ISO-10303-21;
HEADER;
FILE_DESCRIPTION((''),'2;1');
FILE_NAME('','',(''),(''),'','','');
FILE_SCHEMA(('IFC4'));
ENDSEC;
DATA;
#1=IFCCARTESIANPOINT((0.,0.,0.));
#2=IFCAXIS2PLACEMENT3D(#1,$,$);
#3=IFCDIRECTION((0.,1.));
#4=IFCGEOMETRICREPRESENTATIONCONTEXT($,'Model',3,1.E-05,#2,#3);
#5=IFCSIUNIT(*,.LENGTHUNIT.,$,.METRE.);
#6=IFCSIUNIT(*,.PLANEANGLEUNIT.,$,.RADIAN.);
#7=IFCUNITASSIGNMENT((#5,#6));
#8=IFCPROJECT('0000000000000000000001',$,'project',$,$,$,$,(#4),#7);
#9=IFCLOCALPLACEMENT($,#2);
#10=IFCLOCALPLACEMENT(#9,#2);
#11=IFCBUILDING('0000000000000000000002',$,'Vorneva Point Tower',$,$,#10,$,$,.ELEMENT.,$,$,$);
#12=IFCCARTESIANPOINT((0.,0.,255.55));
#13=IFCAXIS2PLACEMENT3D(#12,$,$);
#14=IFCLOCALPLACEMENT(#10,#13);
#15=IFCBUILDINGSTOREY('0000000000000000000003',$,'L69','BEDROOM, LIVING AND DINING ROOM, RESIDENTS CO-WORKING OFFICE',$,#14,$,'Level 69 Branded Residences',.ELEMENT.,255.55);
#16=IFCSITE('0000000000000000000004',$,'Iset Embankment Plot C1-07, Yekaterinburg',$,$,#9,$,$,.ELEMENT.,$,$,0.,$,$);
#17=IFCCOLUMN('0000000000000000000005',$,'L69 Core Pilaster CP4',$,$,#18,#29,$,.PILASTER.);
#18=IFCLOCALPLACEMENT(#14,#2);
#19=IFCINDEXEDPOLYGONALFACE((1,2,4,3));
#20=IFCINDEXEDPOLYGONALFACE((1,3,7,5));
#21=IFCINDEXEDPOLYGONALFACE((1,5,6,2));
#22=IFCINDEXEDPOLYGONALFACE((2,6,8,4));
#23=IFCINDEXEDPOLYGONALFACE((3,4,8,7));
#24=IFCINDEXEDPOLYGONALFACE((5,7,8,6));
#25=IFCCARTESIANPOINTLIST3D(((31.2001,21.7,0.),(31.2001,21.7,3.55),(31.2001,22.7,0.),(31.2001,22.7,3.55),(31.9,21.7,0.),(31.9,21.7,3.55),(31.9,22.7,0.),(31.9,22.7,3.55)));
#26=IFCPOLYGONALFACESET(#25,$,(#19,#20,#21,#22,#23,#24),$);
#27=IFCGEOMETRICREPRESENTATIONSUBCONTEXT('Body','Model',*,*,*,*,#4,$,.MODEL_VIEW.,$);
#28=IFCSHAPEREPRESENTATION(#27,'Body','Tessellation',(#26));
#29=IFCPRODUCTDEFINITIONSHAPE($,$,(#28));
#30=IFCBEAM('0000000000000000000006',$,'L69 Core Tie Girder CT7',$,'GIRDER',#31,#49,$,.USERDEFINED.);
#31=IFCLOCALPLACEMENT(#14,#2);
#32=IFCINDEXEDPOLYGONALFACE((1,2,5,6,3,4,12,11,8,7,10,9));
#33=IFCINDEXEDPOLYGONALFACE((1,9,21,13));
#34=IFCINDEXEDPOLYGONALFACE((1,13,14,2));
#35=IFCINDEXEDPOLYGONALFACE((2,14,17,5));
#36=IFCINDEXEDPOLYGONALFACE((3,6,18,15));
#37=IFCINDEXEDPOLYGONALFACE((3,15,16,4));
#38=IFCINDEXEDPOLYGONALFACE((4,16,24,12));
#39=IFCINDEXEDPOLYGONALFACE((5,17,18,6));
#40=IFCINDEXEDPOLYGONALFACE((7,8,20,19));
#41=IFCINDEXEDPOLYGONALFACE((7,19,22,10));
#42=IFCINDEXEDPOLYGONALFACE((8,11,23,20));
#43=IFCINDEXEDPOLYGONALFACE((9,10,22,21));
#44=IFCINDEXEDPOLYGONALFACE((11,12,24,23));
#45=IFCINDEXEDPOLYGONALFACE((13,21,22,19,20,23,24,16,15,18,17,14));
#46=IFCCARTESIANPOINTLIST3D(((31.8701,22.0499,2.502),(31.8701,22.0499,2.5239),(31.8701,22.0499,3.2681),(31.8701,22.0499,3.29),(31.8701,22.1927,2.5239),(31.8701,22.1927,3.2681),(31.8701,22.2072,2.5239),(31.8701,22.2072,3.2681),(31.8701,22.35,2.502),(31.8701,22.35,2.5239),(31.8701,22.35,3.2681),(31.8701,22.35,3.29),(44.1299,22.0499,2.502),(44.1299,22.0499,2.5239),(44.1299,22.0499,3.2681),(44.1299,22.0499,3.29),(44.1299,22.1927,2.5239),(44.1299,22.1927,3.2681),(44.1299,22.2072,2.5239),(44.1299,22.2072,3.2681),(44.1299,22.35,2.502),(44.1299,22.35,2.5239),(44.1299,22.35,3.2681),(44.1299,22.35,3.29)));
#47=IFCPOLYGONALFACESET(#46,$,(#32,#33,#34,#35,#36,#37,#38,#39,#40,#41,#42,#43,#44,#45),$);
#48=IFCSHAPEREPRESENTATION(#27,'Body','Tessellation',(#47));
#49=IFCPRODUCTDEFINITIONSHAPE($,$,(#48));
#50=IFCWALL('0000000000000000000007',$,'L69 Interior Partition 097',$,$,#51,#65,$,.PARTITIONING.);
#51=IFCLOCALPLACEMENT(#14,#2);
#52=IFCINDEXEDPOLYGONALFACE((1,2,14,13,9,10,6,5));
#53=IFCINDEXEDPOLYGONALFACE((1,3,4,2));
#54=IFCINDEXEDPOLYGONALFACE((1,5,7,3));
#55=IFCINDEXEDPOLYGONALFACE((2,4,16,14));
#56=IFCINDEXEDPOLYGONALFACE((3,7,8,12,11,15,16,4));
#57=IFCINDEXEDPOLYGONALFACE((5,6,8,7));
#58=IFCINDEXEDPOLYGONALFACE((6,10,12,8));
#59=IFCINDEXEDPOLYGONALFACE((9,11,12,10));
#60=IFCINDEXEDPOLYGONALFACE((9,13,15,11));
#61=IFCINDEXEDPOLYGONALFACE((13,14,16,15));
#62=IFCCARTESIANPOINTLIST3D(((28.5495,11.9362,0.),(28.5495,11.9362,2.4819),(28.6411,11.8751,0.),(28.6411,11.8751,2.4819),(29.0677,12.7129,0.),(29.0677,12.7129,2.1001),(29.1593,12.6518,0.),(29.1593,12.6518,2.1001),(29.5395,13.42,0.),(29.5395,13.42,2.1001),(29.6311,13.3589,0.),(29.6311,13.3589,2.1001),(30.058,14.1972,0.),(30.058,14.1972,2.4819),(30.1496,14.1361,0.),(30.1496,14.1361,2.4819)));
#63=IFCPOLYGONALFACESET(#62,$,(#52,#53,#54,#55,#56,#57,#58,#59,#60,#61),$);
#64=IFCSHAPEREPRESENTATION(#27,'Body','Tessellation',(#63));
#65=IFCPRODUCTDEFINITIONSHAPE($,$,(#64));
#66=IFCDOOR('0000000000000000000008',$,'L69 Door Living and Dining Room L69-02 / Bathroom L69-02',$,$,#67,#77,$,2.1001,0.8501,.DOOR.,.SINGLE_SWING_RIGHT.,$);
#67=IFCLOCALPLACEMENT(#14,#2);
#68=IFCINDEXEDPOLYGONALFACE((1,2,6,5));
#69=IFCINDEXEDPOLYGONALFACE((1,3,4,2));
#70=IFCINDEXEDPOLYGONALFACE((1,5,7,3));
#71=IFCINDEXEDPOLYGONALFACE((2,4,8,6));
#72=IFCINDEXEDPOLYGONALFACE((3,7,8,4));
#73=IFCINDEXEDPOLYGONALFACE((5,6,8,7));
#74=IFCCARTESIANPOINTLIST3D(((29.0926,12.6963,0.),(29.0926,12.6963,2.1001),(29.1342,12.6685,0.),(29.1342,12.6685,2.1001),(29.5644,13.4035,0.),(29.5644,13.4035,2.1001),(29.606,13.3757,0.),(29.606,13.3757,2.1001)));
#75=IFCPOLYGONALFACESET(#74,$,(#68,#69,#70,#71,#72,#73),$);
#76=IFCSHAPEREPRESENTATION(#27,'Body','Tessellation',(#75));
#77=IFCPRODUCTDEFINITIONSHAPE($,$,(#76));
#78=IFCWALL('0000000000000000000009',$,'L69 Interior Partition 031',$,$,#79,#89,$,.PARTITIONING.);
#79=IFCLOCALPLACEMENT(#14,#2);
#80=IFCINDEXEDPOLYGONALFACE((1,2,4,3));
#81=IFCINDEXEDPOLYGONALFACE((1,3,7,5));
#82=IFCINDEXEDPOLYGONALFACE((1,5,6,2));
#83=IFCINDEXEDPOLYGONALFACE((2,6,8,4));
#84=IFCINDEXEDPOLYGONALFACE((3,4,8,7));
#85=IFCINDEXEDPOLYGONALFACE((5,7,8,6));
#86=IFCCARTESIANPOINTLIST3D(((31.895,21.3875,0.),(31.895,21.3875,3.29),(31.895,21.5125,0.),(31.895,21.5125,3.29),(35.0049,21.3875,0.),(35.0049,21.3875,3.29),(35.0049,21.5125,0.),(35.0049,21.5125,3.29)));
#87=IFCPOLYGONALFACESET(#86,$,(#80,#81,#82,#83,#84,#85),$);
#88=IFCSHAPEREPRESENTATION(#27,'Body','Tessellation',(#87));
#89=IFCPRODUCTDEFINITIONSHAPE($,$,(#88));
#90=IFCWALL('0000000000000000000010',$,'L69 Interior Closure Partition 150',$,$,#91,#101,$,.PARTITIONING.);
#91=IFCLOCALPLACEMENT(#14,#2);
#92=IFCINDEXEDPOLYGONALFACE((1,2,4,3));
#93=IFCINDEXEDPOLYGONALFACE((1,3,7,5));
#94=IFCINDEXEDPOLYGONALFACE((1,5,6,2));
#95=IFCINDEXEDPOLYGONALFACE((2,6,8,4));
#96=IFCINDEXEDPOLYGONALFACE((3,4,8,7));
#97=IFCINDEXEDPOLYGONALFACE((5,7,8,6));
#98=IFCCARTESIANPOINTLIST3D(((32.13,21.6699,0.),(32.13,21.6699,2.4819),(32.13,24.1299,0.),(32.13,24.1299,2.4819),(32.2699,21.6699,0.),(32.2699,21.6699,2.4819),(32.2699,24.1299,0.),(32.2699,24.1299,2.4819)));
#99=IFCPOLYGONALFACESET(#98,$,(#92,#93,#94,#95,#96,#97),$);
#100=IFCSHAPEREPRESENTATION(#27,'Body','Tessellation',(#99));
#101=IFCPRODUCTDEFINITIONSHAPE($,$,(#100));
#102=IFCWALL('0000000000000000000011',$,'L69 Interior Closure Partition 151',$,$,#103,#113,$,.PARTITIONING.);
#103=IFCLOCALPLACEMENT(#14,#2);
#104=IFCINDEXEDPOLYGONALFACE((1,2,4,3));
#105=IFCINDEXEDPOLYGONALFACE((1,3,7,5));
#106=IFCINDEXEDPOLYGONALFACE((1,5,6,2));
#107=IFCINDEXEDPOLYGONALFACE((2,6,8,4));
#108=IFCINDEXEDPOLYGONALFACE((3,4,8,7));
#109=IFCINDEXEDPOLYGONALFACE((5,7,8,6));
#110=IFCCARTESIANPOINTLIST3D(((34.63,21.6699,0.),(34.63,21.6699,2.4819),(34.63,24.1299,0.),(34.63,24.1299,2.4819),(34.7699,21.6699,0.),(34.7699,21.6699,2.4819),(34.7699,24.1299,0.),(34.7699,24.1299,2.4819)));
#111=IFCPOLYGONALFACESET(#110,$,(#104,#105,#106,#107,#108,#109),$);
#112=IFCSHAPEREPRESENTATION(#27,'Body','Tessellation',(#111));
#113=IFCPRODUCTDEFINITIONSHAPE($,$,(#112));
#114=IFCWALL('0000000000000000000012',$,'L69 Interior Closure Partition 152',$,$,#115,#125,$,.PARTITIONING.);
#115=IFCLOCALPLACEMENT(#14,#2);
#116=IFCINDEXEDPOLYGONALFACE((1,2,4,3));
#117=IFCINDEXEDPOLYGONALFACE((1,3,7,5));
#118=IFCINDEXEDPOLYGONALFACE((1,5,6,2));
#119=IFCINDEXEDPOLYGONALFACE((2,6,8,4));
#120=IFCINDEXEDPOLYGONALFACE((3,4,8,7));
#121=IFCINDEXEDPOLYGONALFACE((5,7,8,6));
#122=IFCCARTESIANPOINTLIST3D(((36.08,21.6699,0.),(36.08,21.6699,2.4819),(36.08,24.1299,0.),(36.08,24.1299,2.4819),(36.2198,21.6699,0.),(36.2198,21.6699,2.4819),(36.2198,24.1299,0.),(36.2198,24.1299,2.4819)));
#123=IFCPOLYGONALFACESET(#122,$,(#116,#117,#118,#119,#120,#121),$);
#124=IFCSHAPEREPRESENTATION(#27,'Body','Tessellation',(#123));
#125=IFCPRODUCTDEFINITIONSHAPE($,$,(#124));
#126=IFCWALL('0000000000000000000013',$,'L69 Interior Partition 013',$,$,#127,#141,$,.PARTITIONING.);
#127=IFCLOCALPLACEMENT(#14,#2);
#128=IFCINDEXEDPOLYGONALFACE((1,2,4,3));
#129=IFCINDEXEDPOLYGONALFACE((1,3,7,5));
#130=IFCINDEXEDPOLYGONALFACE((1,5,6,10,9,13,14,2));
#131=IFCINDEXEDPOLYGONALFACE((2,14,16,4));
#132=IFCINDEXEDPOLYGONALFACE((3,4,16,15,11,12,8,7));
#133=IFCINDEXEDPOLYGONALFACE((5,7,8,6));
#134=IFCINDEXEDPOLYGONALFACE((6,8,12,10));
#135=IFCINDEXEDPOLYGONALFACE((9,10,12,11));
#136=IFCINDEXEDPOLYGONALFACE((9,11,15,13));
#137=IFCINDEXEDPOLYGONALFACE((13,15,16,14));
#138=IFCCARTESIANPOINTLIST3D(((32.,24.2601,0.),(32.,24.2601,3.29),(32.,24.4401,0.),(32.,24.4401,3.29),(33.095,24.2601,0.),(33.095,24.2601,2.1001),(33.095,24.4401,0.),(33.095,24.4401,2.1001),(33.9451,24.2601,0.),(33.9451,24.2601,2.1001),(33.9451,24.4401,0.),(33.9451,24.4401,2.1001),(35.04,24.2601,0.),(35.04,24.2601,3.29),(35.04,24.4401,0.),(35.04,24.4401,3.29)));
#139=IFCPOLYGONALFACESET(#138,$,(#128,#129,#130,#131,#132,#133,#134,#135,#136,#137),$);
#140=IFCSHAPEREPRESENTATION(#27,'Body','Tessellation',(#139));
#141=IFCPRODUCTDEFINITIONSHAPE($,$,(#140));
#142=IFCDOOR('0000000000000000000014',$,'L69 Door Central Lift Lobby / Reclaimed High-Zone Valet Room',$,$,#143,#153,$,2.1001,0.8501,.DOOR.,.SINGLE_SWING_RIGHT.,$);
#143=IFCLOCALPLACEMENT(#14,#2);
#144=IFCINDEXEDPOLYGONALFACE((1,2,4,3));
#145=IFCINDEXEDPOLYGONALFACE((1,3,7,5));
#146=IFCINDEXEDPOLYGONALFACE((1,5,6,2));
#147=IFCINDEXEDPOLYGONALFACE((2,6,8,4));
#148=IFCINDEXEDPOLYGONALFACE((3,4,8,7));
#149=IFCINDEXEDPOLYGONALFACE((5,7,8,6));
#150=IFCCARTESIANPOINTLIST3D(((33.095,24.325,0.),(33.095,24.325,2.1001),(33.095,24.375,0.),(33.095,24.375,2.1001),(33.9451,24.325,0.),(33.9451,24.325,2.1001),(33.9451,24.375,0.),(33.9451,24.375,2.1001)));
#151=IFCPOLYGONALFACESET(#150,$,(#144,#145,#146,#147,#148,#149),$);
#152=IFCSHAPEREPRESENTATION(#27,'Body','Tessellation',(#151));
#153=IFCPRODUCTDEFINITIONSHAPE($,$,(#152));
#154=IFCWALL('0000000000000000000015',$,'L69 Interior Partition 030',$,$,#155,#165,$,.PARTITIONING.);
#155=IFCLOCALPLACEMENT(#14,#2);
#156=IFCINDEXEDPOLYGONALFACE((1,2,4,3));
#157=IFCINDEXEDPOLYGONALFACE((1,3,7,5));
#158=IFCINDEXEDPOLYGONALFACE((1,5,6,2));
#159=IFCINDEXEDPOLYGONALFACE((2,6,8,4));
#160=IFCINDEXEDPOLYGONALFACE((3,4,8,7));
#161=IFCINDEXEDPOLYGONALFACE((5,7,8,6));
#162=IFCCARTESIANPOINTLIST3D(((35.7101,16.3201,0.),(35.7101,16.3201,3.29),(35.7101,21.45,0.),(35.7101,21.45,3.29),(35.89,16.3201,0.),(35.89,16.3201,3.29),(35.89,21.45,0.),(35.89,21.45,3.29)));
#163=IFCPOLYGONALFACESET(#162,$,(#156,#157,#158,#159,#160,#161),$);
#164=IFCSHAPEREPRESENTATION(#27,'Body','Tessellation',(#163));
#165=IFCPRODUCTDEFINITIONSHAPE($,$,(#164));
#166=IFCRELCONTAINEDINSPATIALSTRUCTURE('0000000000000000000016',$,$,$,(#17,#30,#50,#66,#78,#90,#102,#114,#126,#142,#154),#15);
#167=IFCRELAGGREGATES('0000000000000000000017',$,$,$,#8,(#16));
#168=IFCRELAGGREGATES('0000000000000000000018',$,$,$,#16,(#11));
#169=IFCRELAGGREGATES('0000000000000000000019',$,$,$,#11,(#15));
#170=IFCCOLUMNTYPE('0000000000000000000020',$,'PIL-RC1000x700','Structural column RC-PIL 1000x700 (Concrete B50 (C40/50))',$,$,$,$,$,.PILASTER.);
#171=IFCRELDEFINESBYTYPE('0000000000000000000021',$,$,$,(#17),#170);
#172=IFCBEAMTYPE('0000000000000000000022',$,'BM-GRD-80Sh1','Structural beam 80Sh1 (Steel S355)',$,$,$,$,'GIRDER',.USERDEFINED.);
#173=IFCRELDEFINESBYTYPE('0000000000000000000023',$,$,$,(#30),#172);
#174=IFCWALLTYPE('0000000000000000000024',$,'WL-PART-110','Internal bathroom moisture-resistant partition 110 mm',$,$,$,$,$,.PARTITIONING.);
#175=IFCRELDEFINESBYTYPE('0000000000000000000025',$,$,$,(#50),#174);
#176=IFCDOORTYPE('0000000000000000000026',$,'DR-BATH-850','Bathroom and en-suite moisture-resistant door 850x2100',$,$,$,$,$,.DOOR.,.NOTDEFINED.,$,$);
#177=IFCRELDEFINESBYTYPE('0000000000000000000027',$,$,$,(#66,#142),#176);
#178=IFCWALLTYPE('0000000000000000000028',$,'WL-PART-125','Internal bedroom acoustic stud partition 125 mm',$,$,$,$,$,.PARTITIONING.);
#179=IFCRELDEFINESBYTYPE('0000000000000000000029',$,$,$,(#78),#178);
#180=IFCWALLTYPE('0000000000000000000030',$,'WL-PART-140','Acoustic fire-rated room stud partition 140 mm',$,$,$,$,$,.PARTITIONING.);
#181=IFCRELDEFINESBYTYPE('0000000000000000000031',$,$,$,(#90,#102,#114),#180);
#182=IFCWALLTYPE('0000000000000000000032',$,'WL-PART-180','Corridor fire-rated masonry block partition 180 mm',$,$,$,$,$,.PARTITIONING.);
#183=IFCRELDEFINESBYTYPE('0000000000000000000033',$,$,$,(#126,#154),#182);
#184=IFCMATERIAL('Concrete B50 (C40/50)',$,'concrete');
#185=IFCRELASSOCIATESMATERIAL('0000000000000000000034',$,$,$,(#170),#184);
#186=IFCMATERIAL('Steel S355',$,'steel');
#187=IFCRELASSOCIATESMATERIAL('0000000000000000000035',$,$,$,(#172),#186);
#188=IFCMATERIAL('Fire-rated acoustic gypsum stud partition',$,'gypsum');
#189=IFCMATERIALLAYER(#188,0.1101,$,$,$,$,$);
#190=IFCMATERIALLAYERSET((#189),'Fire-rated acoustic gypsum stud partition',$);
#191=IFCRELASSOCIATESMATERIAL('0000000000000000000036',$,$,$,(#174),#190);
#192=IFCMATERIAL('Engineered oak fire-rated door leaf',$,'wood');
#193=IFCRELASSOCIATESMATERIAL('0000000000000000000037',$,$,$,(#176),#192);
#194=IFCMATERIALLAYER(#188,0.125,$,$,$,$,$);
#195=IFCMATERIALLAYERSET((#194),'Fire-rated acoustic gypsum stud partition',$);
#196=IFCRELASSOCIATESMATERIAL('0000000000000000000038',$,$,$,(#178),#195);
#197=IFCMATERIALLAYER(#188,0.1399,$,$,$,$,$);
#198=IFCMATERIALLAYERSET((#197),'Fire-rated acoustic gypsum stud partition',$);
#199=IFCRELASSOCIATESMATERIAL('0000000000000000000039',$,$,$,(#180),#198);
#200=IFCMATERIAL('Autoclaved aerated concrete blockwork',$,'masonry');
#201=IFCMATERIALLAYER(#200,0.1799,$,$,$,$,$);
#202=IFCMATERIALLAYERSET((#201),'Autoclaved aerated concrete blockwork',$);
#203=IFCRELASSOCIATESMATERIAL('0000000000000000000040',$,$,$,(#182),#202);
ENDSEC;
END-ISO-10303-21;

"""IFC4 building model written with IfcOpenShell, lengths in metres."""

from ifc_helpers import new_model, si_unit, direction, frame, frame_2d, origin, origin_2d, place, context, subcontext, project, spatial, rectangle, i_section, extrude, material, layer, layer_set, material_profile, profile_set, type_object, element, fill, save


model = new_model("IFC4")

# Units and contexts
model_context = context("Model", 3, precision=1e-05, world=origin(), true_north=direction((0.0, 1.0)))
body_context = subcontext(model_context, "Body", "Model", "MODEL_VIEW")
ifc_project = project(units=[si_unit("LENGTHUNIT", "METRE"), si_unit("PLANEANGLEUNIT", "RADIAN")], contexts=[model_context])

# Site, building, storey
site_placement = place(None, origin())
site = spatial("IfcSite", under=ifc_project, at=site_placement, Name="Iset Embankment Plot C1-07, Yekaterinburg", CompositionType="ELEMENT", RefElevation=0.0)
building_placement = place(site_placement, origin())
building = spatial("IfcBuilding", under=site, at=building_placement, Name="Vorneva Point Tower", CompositionType="ELEMENT")
storey_placement = place(building_placement, frame((0.0, 0.0, 255.55)))
storey = spatial("IfcBuildingStorey", under=building, at=storey_placement, Name="L69", Description="BEDROOM, LIVING AND DINING ROOM, RESIDENTS CO-WORKING OFFICE", LongName="Level 69 Branded Residences", CompositionType="ELEMENT", Elevation=255.55)

# Column
ifc_material_1 = material(Name="Concrete B50 (C40/50)", Category="concrete")
ifc_material_profile_1 = material_profile(ifc_material_1, rectangle(XDim=0.7, YDim=1.0, at=origin_2d()), Name="RC-PIL 1000x700")
ifc_profile_set_1 = profile_set([ifc_material_profile_1], Name="Concrete B50 (C40/50)")
column_type = type_object("IfcColumnType", Name="PIL-RC1000x700", Description="Structural column RC-PIL 1000x700 (Concrete B50 (C40/50))", PredefinedType="PILASTER", material=ifc_profile_set_1)
column_placement = place(storey_placement, frame((31.55, 22.2, 0.0), z_axis=(0.0, 0.0, 1.0), x_axis=(1.0, 0.0, 0.0)))
element("IfcColumn", 1, at=column_placement, inside=storey, type_object=column_type, Name="L69 Core Pilaster CP4", PredefinedType="PILASTER", context=body_context, shape_type="SweptSolid", body=[
    extrude(rectangle(XDim=0.7, YDim=1.0, at=origin_2d()), origin(), (0.0, 0.0, 1.0), 3.55),
])

# Beam
ifc_material_2 = material(Name="Steel S355", Category="steel")
ifc_material_profile_2 = material_profile(ifc_material_2, i_section(OverallWidth=0.3, OverallDepth=0.7881, WebThickness=0.0144, FlangeThickness=0.022, at=origin_2d()), Name="80Sh1")
ifc_profile_set_2 = profile_set([ifc_material_profile_2], Name="Steel S355")
beam_type = type_object("IfcBeamType", Name="BM-GRD-80Sh1", Description="Structural beam 80Sh1 (Steel S355)", ElementType="GIRDER", PredefinedType="USERDEFINED", material=ifc_profile_set_2)
beam_placement = place(storey_placement, frame((31.8701, 22.2, 2.896), z_axis=(1.0, 0.0, 0.0), x_axis=(0.0, 1.0, 0.0)))
element("IfcBeam", 2, at=beam_placement, inside=storey, type_object=beam_type, Name="L69 Core Tie Girder CT7", ObjectType="GIRDER", PredefinedType="USERDEFINED", context=body_context, shape_type="SweptSolid", body=[
    extrude(i_section(OverallWidth=0.3, OverallDepth=0.7881, WebThickness=0.0144, FlangeThickness=0.022, at=origin_2d()), origin(), (0.0, 0.0, 1.0), 12.2598),
])

# Wall, opening, door
ifc_material_3 = material(Name="Fire-rated acoustic gypsum stud partition", Category="gypsum")
ifc_layer_1 = layer(ifc_material_3, 0.1101)
ifc_layer_set_1 = layer_set([ifc_layer_1], Name="Fire-rated acoustic gypsum stud partition")
wall_type_1 = type_object("IfcWallType", Name="WL-PART-110", Description="Internal bathroom moisture-resistant partition 110 mm", PredefinedType="PARTITIONING", material=ifc_layer_set_1)
wall_1_placement = place(storey_placement, frame((30.1038, 14.1665, 0.0), z_axis=(0.0, 0.0, 1.0), x_axis=(-0.555011, -0.831843, 0.0)))
wall_1 = element("IfcWall", 3, at=wall_1_placement, inside=storey, type_object=wall_type_1, Name="L69 Interior Partition 097", PredefinedType="PARTITIONING", context=body_context, shape_type="SweptSolid", body=[
    extrude(rectangle(XDim=2.718, YDim=0.1101, at=frame_2d((1.3589, 0.0))), origin(), (0.0, 0.0, 1.0), 2.4819),
])
opening_1_placement = place(wall_1_placement, frame((0.9341, 0.0, 0.0)))
opening_1 = element("IfcOpeningElement", 4, at=opening_1_placement, cuts=wall_1, PredefinedType="OPENING", context=body_context, shape_type="SweptSolid", body=[
    extrude(rectangle(XDim=0.8501, YDim=2.1001, at=frame_2d((0.425, 1.05))), frame((0.0, 0.0698, 0.0), z_axis=(0.0, -1.0, 0.0), x_axis=(1.0, 0.0, 0.0)), (0.0, 0.0, 1.0), 0.1399),
])
ifc_material_4 = material(Name="Engineered oak fire-rated door leaf", Category="wood")
door_type_1 = type_object("IfcDoorType", Name="DR-BATH-850", Description="Bathroom and en-suite moisture-resistant door 850x2100", OperationType="NOTDEFINED", PredefinedType="DOOR", material=ifc_material_4)
door_1_placement = place(opening_1_placement, origin())
door_1 = element("IfcDoor", 5, at=door_1_placement, inside=storey, type_object=door_type_1, Name="L69 Door Living and Dining Room L69-02 / Bathroom L69-02", OperationType="SINGLE_SWING_RIGHT", OverallHeight=2.1001, OverallWidth=0.8501, PredefinedType="DOOR", context=body_context, shape_type="SweptSolid", body=[
    extrude(rectangle(XDim=0.8501, YDim=2.1001, at=frame_2d((0.425, 1.05))), frame((0.0, 0.0249, 0.0), z_axis=(0.0, -1.0, 0.0), x_axis=(1.0, 0.0, 0.0)), (0.0, 0.0, 1.0), 0.05),
])
fill(opening_1, door_1)

# Walls
ifc_layer_2 = layer(ifc_material_3, 0.125)
ifc_layer_set_2 = layer_set([ifc_layer_2], Name="Fire-rated acoustic gypsum stud partition")
wall_type_2 = type_object("IfcWallType", Name="WL-PART-125", Description="Internal bedroom acoustic stud partition 125 mm", PredefinedType="PARTITIONING", material=ifc_layer_set_2)
wall_2_placement = place(storey_placement, frame((35.0049, 21.45, 0.0), z_axis=(0.0, 0.0, 1.0), x_axis=(-1.0, 0.0, 0.0)))
element("IfcWall", 6, at=wall_2_placement, inside=storey, type_object=wall_type_2, Name="L69 Interior Partition 031", PredefinedType="PARTITIONING", context=body_context, shape_type="SweptSolid", body=[
    extrude(rectangle(XDim=3.1099, YDim=0.125, at=frame_2d((1.5549, 0.0))), origin(), (0.0, 0.0, 1.0), 3.29),
])
ifc_layer_3 = layer(ifc_material_3, 0.1399)
ifc_layer_set_3 = layer_set([ifc_layer_3], Name="Fire-rated acoustic gypsum stud partition")
wall_type_3 = type_object("IfcWallType", Name="WL-PART-140", Description="Acoustic fire-rated room stud partition 140 mm", PredefinedType="PARTITIONING", material=ifc_layer_set_3)
for number, where, z_axis, x_axis, name in (
    (7, (32.2, 24.1299, 0.0), (0.0, 0.0, 1.0), (0.0, -1.0, 0.0), "L69 Interior Closure Partition 150"),
    (8, (34.7, 21.6699, 0.0), (0.0, 0.0, 1.0), (0.0, 1.0, 0.0), "L69 Interior Closure Partition 151"),
    (9, (36.1499, 24.1299, 0.0), (0.0, 0.0, 1.0), (0.0, -1.0, 0.0), "L69 Interior Closure Partition 152"),
):
    element("IfcWall", number, at=place(storey_placement, frame(where, z_axis=z_axis, x_axis=x_axis)), inside=storey, type_object=wall_type_3, Name=name, PredefinedType="PARTITIONING", context=body_context, shape_type="SweptSolid", body=[
        extrude(rectangle(XDim=2.46, YDim=0.1399, at=frame_2d((1.23, 0.0))), origin(), (0.0, 0.0, 1.0), 2.4819),
    ])

# Wall, opening, door
ifc_material_5 = material(Name="Autoclaved aerated concrete blockwork", Category="masonry")
ifc_layer_4 = layer(ifc_material_5, 0.1799)
ifc_layer_set_4 = layer_set([ifc_layer_4], Name="Autoclaved aerated concrete blockwork")
wall_type_4 = type_object("IfcWallType", Name="WL-PART-180", Description="Corridor fire-rated masonry block partition 180 mm", PredefinedType="PARTITIONING", material=ifc_layer_set_4)
wall_3_placement = place(storey_placement, frame((32.0, 24.3501, 0.0), z_axis=(0.0, 0.0, 1.0), x_axis=(1.0, 0.0, 0.0)))
wall_3 = element("IfcWall", 10, at=wall_3_placement, inside=storey, type_object=wall_type_4, Name="L69 Interior Partition 013", PredefinedType="PARTITIONING", context=body_context, shape_type="SweptSolid", body=[
    extrude(rectangle(XDim=3.04, YDim=0.1799, at=frame_2d((1.52, 0.0))), origin(), (0.0, 0.0, 1.0), 3.29),
])
opening_2_placement = place(wall_3_placement, frame((1.095, 0.0, 0.0)))
opening_2 = element("IfcOpeningElement", 11, at=opening_2_placement, cuts=wall_3, PredefinedType="OPENING", context=body_context, shape_type="SweptSolid", body=[
    extrude(rectangle(XDim=0.8501, YDim=2.1001, at=frame_2d((0.425, 1.05))), frame((0.0, 0.105, 0.0), z_axis=(0.0, -1.0, 0.0), x_axis=(1.0, 0.0, 0.0)), (0.0, 0.0, 1.0), 0.2097),
])
door_2_placement = place(opening_2_placement, origin())
door_2 = element("IfcDoor", 12, at=door_2_placement, inside=storey, type_object=door_type_1, Name="L69 Door Central Lift Lobby / Reclaimed High-Zone Valet Room", OperationType="SINGLE_SWING_RIGHT", OverallHeight=2.1001, OverallWidth=0.8501, PredefinedType="DOOR", context=body_context, shape_type="SweptSolid", body=[
    extrude(rectangle(XDim=0.8501, YDim=2.1001, at=frame_2d((0.425, 1.05))), frame((0.0, 0.0249, 0.0), z_axis=(0.0, -1.0, 0.0), x_axis=(1.0, 0.0, 0.0)), (0.0, 0.0, 1.0), 0.05),
])
fill(opening_2, door_2)

# Wall
wall_4_placement = place(storey_placement, frame((35.8, 16.3201, 0.0), z_axis=(0.0, 0.0, 1.0), x_axis=(0.0, 1.0, 0.0)))
element("IfcWall", 13, at=wall_4_placement, inside=storey, type_object=wall_type_4, Name="L69 Interior Partition 030", PredefinedType="PARTITIONING", context=body_context, shape_type="SweptSolid", body=[
    extrude(rectangle(XDim=5.1299, YDim=0.1799, at=frame_2d((2.5649, 0.0))), origin(), (0.0, 0.0, 1.0), 3.29),
])

save(model, "model.ifc")
